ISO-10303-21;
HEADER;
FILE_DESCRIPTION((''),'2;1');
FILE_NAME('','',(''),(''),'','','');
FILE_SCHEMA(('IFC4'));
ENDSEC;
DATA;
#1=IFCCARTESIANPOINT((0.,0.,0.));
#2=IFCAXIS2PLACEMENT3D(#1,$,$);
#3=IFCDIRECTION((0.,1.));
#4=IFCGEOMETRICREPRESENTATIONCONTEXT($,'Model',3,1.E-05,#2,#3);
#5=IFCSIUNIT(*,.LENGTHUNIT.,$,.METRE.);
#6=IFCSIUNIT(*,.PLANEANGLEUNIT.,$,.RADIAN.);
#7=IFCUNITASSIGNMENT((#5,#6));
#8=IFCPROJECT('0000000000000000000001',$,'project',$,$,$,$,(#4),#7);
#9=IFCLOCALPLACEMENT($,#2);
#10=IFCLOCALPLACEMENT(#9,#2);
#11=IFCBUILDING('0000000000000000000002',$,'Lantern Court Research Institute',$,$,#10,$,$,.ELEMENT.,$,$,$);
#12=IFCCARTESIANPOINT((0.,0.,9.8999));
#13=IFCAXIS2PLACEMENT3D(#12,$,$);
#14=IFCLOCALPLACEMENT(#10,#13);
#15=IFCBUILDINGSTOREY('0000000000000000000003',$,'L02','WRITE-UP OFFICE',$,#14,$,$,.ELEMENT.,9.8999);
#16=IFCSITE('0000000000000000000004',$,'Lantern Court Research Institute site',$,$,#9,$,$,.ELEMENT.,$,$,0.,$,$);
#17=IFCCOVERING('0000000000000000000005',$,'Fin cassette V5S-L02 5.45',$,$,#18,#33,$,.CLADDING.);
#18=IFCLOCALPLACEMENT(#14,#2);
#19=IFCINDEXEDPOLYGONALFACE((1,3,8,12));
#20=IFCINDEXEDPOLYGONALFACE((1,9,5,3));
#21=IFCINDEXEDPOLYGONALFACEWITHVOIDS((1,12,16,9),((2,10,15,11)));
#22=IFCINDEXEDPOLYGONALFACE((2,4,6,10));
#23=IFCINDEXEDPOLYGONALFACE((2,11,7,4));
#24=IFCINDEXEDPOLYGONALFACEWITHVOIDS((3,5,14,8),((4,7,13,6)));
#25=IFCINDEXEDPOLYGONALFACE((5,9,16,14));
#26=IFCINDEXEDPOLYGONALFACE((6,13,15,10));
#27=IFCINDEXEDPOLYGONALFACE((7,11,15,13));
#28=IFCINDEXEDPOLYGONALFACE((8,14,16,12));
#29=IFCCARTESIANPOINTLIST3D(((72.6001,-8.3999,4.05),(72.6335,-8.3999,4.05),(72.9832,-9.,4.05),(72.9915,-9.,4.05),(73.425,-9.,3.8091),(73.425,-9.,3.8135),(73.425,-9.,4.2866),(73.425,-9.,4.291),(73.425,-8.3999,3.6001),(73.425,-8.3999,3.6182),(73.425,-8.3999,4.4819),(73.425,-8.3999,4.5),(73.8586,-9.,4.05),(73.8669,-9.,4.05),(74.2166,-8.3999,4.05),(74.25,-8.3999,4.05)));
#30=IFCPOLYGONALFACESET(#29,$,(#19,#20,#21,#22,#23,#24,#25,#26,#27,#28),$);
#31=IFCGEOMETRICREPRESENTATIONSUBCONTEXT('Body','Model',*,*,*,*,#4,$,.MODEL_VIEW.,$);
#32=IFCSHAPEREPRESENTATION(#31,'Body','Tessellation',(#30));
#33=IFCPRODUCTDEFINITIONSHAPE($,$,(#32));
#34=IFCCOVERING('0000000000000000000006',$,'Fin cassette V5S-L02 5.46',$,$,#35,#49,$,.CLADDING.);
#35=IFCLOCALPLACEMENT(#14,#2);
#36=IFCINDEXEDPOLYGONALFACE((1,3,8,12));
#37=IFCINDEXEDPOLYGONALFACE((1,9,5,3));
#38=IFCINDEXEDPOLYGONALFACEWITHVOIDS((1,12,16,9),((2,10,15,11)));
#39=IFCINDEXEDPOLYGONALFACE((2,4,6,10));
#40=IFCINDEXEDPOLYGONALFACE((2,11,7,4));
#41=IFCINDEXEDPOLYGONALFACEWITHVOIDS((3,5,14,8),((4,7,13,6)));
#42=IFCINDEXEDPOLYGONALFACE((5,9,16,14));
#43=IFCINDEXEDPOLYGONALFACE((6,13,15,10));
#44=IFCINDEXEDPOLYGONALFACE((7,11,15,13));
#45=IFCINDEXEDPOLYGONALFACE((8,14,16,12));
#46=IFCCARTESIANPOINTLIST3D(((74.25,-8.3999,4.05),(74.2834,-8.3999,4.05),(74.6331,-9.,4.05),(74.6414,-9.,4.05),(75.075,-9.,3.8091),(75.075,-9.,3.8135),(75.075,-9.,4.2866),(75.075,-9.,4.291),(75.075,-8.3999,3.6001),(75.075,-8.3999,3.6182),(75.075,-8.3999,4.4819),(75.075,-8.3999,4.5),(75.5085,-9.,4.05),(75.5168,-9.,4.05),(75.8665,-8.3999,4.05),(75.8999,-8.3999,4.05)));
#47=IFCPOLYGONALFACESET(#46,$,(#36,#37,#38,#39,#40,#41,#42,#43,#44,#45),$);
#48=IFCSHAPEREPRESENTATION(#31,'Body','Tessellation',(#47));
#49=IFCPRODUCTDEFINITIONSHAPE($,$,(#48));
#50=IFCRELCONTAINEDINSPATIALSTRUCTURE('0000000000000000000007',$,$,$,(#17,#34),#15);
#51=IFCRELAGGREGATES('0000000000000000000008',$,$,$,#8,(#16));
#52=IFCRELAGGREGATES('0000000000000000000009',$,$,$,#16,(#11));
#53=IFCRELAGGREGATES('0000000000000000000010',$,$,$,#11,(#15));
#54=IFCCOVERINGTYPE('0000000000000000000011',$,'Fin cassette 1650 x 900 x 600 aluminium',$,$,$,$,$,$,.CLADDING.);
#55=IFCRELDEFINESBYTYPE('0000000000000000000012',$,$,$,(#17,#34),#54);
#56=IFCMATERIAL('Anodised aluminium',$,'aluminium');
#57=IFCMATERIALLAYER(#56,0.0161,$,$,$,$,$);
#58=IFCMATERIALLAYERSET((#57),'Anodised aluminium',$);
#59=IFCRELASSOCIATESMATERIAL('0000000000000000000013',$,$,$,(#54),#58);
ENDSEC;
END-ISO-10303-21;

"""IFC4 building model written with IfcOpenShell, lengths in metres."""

from ifc_helpers import new_model, entity, si_unit, direction, frame, origin, place, context, subcontext, project, spatial, material, layer, layer_set, type_object, element, save


model = new_model("IFC4")

# Units and contexts
model_context = context("Model", 3, precision=1e-05, world=origin(), true_north=direction((0.0, 1.0)))
body_context = subcontext(model_context, "Body", "Model", "MODEL_VIEW")
ifc_project = project(units=[si_unit("LENGTHUNIT", "METRE"), si_unit("PLANEANGLEUNIT", "RADIAN")], contexts=[model_context])

# Site, building, storey
site_placement = place(None, origin())
site = spatial("IfcSite", under=ifc_project, at=site_placement, Name="Lantern Court Research Institute site", CompositionType="ELEMENT", RefElevation=0.0)
building_placement = place(site_placement, origin())
building = spatial("IfcBuilding", under=site, at=building_placement, Name="Lantern Court Research Institute", CompositionType="ELEMENT")
storey_placement = place(building_placement, frame((0.0, 0.0, 9.8999)))
storey = spatial("IfcBuildingStorey", under=building, at=storey_placement, Name="L02", Description="WRITE-UP OFFICE", CompositionType="ELEMENT", Elevation=9.8999)

# Coverings
ifc_material_1 = material(Name="Anodised aluminium", Category="aluminium")
ifc_layer_1 = layer(ifc_material_1, 0.0161)
ifc_layer_set_1 = layer_set([ifc_layer_1], Name="Anodised aluminium")
covering_type = type_object("IfcCoveringType", Name="Fin cassette 1650 x 900 x 600 aluminium", PredefinedType="CLADDING", material=ifc_layer_set_1)
covering_1_placement = place(storey_placement, frame((73.425, -8.3999, 4.05), z_axis=(0.0, -1.0, 0.0), x_axis=(1.0, 0.0, 0.0)))
cartesian_point_1 = entity("IfcCartesianPoint", [0.825, 0.0])
cartesian_point_2 = entity("IfcCartesianPoint", [0.7915, 0.0])
cartesian_point_3 = entity("IfcCartesianPoint", [0.4419, 0.0])
cartesian_point_4 = entity("IfcCartesianPoint", [0.4336, 0.0])
element("IfcCovering", 1, at=covering_1_placement, inside=storey, type_object=covering_type, Name="Fin cassette V5S-L02 5.45", PredefinedType="CLADDING", context=body_context, shape_type="SweptSolid", body=[
    entity("IfcExtrudedAreaSolidTapered", entity("IfcArbitraryProfileDefWithVoids", "AREA", None, entity("IfcPolyline", [cartesian_point_1, entity("IfcCartesianPoint", [0.0, 0.45]), entity("IfcCartesianPoint", [-0.825, 0.0]), entity("IfcCartesianPoint", [0.0, -0.45]), cartesian_point_1]), [entity("IfcPolyline", [cartesian_point_2, entity("IfcCartesianPoint", [0.0, 0.4319]), entity("IfcCartesianPoint", [-0.7915, 0.0]), entity("IfcCartesianPoint", [0.0, -0.4319]), cartesian_point_2])]), entity("IfcAxis2Placement3D", entity("IfcCartesianPoint", [0.0, 0.0, 0.0])), entity("IfcDirection", [0.0, 0.0, 1.0]), 0.6001, entity("IfcArbitraryProfileDefWithVoids", "AREA", None, entity("IfcPolyline", [cartesian_point_3, entity("IfcCartesianPoint", [0.0, 0.241]), entity("IfcCartesianPoint", [-0.4419, 0.0]), entity("IfcCartesianPoint", [0.0, -0.241]), cartesian_point_3]), [entity("IfcPolyline", [cartesian_point_4, entity("IfcCartesianPoint", [0.0, 0.2366]), entity("IfcCartesianPoint", [-0.4336, 0.0]), entity("IfcCartesianPoint", [0.0, -0.2366]), cartesian_point_4])])),
])
covering_2_placement = place(storey_placement, frame((75.075, -8.3999, 4.05), z_axis=(0.0, -1.0, 0.0), x_axis=(1.0, 0.0, 0.0)))
cartesian_point_5 = entity("IfcCartesianPoint", [0.825, 0.0])
cartesian_point_6 = entity("IfcCartesianPoint", [0.7915, 0.0])
cartesian_point_7 = entity("IfcCartesianPoint", [0.4419, 0.0])
cartesian_point_8 = entity("IfcCartesianPoint", [0.4336, 0.0])
element("IfcCovering", 2, at=covering_2_placement, inside=storey, type_object=covering_type, Name="Fin cassette V5S-L02 5.46", PredefinedType="CLADDING", context=body_context, shape_type="SweptSolid", body=[
    entity("IfcExtrudedAreaSolidTapered", entity("IfcArbitraryProfileDefWithVoids", "AREA", None, entity("IfcPolyline", [cartesian_point_5, entity("IfcCartesianPoint", [0.0, 0.45]), entity("IfcCartesianPoint", [-0.825, 0.0]), entity("IfcCartesianPoint", [0.0, -0.45]), cartesian_point_5]), [entity("IfcPolyline", [cartesian_point_6, entity("IfcCartesianPoint", [0.0, 0.4319]), entity("IfcCartesianPoint", [-0.7915, 0.0]), entity("IfcCartesianPoint", [0.0, -0.4319]), cartesian_point_6])]), entity("IfcAxis2Placement3D", entity("IfcCartesianPoint", [0.0, 0.0, 0.0])), entity("IfcDirection", [0.0, 0.0, 1.0]), 0.6001, entity("IfcArbitraryProfileDefWithVoids", "AREA", None, entity("IfcPolyline", [cartesian_point_7, entity("IfcCartesianPoint", [0.0, 0.241]), entity("IfcCartesianPoint", [-0.4419, 0.0]), entity("IfcCartesianPoint", [0.0, -0.241]), cartesian_point_7]), [entity("IfcPolyline", [cartesian_point_8, entity("IfcCartesianPoint", [0.0, 0.2366]), entity("IfcCartesianPoint", [-0.4336, 0.0]), entity("IfcCartesianPoint", [0.0, -0.2366]), cartesian_point_8])])),
])

save(model, "model.ifc")
